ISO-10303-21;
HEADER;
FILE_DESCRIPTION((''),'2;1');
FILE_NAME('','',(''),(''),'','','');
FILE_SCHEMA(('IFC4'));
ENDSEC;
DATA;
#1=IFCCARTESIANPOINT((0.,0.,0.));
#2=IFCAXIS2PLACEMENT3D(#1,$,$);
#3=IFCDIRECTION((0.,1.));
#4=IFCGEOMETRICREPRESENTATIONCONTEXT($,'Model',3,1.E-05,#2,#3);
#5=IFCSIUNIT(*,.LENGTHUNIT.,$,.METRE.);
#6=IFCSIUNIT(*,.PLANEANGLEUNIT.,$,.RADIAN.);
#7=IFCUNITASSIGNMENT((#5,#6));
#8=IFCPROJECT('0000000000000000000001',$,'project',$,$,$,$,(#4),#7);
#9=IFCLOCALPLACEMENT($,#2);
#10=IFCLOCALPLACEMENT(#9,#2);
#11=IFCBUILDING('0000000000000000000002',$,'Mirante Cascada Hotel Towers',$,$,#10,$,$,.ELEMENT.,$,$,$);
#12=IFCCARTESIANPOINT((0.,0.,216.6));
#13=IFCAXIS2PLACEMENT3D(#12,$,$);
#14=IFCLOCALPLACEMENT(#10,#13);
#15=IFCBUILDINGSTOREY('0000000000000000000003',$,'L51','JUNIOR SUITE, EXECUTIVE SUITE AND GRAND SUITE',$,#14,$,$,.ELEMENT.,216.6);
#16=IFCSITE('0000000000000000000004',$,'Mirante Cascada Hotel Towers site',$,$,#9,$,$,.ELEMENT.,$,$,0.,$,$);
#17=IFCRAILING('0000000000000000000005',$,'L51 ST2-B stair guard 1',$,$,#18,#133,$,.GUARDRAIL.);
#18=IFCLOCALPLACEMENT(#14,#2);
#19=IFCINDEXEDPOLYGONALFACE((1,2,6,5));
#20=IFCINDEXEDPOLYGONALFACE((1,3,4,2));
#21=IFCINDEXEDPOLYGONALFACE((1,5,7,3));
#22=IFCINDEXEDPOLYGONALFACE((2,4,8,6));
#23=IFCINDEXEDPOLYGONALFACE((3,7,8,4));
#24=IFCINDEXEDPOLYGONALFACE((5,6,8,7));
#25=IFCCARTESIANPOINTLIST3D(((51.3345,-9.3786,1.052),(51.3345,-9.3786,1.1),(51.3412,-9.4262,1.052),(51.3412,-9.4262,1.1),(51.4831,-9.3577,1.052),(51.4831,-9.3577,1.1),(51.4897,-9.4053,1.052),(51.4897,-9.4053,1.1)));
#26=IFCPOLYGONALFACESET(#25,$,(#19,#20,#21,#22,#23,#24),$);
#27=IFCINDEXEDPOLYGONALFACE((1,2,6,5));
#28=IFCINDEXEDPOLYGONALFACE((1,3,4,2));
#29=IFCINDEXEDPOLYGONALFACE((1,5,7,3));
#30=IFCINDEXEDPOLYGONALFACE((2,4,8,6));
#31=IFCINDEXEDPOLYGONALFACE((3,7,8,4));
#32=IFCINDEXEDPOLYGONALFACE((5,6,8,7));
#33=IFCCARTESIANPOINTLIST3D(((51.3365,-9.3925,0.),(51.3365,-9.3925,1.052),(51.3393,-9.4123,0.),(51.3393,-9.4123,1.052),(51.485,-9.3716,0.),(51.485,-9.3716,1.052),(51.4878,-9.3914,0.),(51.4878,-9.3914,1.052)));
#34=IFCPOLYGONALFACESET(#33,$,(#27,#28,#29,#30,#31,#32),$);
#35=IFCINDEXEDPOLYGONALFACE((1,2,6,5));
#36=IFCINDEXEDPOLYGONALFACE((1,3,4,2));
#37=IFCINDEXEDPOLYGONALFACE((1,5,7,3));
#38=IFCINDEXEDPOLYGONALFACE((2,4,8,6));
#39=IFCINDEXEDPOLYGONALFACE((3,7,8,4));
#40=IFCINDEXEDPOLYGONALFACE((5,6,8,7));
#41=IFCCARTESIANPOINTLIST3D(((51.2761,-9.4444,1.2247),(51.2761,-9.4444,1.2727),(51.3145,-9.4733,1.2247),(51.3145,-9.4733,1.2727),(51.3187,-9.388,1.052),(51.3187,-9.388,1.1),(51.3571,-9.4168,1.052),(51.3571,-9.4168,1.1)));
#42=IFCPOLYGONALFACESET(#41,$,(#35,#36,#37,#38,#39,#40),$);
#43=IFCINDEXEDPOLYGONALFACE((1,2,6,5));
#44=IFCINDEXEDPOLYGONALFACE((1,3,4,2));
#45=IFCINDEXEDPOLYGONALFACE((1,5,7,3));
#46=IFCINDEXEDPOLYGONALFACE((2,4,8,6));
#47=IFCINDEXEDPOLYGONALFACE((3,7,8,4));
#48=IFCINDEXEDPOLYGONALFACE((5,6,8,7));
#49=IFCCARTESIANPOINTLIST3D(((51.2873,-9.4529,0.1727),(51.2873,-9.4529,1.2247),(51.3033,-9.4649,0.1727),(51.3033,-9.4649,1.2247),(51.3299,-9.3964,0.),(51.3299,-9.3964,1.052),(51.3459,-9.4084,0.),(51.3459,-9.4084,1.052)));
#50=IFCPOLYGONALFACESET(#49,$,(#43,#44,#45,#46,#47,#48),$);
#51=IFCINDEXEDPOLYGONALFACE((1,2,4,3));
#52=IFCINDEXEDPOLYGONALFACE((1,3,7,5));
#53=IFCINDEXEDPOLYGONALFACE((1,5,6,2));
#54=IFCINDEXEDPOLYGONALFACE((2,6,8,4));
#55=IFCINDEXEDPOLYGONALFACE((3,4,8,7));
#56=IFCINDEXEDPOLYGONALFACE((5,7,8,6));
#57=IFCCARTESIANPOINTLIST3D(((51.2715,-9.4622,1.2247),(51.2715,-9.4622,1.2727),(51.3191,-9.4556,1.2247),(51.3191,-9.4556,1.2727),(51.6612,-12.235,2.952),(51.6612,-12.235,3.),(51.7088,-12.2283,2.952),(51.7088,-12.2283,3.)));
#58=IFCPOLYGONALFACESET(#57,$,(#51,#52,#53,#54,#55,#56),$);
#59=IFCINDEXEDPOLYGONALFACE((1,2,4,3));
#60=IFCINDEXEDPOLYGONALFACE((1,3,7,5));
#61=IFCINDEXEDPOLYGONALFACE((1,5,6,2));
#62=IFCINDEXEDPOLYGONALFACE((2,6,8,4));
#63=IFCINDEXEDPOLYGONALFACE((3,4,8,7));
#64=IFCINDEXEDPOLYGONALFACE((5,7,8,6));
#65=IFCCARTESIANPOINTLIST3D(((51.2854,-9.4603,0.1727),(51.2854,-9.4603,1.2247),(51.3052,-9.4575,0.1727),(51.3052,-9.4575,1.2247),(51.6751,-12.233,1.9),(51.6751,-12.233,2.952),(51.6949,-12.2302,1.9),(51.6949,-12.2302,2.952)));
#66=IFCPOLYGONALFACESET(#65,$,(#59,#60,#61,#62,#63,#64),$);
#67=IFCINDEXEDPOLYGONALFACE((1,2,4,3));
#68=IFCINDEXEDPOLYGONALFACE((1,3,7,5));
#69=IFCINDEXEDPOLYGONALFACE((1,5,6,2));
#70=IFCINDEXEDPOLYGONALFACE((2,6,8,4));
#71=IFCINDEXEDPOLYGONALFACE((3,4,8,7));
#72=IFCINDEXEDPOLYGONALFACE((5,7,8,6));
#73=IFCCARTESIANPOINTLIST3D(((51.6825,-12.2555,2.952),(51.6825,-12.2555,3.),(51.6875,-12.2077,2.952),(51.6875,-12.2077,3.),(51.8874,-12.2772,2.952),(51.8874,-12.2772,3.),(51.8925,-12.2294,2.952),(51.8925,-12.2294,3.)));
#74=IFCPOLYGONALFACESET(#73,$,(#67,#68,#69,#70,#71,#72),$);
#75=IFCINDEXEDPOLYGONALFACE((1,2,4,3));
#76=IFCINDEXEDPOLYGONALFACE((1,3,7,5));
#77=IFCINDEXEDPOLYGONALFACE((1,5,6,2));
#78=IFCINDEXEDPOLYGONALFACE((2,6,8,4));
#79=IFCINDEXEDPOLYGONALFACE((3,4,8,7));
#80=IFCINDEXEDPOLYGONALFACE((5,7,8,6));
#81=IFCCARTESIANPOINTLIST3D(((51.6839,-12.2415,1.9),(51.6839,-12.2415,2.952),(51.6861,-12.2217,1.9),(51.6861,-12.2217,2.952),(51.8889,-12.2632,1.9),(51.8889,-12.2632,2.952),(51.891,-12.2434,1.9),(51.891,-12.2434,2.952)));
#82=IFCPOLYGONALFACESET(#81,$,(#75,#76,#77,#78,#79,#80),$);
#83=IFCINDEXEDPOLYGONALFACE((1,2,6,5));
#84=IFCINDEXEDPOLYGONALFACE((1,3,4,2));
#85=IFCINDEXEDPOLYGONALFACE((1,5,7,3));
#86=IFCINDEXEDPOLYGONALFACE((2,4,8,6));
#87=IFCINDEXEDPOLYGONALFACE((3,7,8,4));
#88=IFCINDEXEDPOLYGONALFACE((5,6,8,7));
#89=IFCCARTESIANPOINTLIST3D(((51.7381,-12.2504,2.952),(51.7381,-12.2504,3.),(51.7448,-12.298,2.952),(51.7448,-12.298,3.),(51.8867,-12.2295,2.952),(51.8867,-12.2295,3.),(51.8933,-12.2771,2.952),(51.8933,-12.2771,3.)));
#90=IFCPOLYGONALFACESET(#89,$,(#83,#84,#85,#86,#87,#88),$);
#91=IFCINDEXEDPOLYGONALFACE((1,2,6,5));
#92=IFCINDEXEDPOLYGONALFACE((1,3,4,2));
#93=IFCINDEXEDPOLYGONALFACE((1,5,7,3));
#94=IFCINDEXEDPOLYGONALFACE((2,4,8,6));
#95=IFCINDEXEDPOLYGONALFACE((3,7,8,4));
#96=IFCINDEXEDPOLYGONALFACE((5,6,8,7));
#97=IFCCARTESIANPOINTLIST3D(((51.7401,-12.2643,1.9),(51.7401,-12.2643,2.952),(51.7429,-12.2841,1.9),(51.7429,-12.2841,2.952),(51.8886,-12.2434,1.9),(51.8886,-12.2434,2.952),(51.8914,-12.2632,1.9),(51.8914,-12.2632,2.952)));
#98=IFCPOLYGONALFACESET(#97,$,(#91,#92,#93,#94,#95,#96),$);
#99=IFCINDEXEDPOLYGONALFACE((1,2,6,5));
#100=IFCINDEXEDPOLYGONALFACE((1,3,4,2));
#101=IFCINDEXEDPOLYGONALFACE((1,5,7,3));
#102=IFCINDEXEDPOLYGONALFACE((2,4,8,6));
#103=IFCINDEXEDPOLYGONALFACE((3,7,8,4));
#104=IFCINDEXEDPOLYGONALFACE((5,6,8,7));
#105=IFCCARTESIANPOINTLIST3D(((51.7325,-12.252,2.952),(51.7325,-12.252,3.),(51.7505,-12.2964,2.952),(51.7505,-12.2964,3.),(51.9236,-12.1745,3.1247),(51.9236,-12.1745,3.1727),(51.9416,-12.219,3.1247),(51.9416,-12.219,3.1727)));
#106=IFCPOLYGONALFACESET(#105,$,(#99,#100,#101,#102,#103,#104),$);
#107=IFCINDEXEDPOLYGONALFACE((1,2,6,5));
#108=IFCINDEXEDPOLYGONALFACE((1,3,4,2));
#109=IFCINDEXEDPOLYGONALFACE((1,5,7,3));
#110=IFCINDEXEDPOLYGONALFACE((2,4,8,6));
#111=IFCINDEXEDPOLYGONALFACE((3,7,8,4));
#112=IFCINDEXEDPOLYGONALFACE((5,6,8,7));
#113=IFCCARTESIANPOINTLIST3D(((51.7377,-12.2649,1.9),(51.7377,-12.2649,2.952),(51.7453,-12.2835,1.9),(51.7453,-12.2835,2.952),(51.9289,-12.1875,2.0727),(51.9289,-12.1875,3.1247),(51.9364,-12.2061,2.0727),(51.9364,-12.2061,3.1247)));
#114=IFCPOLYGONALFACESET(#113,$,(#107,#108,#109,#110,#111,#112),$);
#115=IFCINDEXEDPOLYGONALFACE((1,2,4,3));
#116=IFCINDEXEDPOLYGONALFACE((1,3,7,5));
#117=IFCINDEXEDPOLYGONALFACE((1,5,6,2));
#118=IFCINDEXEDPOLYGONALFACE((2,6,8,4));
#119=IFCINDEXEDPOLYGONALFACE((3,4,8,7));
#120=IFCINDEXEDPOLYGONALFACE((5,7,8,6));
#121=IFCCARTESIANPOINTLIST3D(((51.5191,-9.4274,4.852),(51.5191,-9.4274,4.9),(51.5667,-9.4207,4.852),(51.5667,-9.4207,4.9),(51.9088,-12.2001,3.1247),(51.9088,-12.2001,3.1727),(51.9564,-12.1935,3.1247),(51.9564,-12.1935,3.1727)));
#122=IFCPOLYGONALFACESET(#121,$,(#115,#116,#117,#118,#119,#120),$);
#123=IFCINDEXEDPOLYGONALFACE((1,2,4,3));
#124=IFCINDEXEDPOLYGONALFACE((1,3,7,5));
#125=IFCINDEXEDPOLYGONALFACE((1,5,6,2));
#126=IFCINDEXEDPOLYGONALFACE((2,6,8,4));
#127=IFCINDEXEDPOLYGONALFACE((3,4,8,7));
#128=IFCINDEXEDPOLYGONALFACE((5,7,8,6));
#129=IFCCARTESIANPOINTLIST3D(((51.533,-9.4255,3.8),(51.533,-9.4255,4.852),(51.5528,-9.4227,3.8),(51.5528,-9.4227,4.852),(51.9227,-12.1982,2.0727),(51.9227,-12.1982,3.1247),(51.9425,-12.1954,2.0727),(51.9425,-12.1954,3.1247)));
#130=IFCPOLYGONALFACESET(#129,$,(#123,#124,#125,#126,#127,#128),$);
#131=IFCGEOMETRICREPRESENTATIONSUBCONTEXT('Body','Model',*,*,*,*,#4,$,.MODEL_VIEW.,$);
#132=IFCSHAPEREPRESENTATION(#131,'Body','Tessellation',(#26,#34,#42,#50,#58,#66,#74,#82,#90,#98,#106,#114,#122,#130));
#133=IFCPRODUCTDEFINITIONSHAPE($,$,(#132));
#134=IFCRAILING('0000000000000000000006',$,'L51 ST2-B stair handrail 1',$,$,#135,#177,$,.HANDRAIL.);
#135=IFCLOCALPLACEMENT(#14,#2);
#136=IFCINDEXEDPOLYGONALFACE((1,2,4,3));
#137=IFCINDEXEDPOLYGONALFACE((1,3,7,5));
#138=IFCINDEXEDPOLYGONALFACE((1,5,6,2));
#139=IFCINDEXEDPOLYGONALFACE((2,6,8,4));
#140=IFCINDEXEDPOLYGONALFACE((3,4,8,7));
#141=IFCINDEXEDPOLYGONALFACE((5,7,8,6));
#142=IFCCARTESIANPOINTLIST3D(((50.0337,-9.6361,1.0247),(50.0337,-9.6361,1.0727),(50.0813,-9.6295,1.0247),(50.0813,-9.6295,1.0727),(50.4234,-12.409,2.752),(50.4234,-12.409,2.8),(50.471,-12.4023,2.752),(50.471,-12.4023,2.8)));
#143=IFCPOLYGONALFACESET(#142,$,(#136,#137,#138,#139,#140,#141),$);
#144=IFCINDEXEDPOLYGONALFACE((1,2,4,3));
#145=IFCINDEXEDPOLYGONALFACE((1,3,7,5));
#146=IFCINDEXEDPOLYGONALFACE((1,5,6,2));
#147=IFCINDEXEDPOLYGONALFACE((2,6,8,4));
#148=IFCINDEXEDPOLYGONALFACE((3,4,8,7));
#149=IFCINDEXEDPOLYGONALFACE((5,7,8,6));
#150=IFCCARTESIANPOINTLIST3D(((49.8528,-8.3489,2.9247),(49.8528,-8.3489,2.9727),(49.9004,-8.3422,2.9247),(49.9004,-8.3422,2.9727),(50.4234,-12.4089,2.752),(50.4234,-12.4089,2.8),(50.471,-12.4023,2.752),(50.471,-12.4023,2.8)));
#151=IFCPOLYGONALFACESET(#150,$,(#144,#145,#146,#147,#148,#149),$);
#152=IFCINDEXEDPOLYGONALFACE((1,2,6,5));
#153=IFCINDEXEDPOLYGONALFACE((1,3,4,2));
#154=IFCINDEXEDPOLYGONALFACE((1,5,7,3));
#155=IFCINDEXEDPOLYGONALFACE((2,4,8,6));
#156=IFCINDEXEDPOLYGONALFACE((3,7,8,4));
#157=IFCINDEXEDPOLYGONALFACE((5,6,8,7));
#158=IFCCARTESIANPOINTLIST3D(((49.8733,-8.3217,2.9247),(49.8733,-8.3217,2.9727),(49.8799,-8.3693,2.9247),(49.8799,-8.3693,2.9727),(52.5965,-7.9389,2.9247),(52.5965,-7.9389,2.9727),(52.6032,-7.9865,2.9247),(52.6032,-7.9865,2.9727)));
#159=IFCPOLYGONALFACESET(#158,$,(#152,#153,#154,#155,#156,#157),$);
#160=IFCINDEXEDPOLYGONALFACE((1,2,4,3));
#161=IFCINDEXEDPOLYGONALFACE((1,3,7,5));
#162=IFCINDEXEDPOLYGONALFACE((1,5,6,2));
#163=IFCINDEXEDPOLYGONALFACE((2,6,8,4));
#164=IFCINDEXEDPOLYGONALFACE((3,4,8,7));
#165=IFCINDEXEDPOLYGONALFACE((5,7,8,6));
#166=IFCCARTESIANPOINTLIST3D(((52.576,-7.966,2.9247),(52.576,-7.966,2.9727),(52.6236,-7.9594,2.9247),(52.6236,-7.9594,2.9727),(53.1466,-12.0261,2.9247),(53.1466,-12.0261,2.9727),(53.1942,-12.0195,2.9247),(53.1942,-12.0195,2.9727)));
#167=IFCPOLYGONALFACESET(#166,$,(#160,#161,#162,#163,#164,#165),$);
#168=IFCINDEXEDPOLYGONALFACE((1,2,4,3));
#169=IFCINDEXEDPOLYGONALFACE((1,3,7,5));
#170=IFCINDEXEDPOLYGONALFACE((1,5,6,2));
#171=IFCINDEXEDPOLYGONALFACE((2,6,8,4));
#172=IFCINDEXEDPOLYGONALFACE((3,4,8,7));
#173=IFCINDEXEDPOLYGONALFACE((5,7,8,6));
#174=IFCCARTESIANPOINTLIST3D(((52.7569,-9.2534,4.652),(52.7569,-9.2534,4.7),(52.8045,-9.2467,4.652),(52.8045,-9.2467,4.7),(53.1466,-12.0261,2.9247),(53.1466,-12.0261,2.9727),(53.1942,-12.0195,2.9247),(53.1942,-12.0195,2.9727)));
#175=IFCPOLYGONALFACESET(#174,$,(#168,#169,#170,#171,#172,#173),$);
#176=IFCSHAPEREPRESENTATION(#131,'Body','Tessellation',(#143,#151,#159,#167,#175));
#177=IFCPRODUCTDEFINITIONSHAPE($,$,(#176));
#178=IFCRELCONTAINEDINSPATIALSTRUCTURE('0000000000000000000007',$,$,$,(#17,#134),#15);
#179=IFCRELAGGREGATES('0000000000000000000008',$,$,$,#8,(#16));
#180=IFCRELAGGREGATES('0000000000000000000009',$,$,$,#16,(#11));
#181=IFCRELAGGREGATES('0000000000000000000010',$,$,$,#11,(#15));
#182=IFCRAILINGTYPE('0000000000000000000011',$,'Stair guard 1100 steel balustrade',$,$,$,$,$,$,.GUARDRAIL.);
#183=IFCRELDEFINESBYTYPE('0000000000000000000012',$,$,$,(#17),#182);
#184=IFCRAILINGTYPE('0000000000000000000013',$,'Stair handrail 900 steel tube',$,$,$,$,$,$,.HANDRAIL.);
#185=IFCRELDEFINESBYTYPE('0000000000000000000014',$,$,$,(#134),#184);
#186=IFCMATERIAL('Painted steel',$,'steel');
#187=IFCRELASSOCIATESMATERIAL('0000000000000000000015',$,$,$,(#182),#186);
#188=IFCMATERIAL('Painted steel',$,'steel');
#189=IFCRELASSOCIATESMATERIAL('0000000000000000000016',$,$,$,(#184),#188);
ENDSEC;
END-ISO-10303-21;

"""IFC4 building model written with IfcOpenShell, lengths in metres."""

from ifc_helpers import new_model, si_unit, direction, frame, origin, origin_2d, place, context, subcontext, project, spatial, rectangle, extrude, material, type_object, element, save


model = new_model("IFC4")

# Units and contexts
model_context = context("Model", 3, precision=1e-05, world=origin(), true_north=direction((0.0, 1.0)))
body_context = subcontext(model_context, "Body", "Model", "MODEL_VIEW")
ifc_project = project(units=[si_unit("LENGTHUNIT", "METRE"), si_unit("PLANEANGLEUNIT", "RADIAN")], contexts=[model_context])

# Site, building, storey
site_placement = place(None, origin())
site = spatial("IfcSite", under=ifc_project, at=site_placement, Name="Mirante Cascada Hotel Towers site", CompositionType="ELEMENT", RefElevation=0.0)
building_placement = place(site_placement, origin())
building = spatial("IfcBuilding", under=site, at=building_placement, Name="Mirante Cascada Hotel Towers", CompositionType="ELEMENT")
storey_placement = place(building_placement, frame((0.0, 0.0, 216.6)))
storey = spatial("IfcBuildingStorey", under=building, at=storey_placement, Name="L51", Description="JUNIOR SUITE, EXECUTIVE SUITE AND GRAND SUITE", CompositionType="ELEMENT", Elevation=216.6)

# Railings
ifc_material_1 = material(Name="Painted steel", Category="steel")
railing_type_1 = type_object("IfcRailingType", Name="Stair guard 1100 steel balustrade", PredefinedType="GUARDRAIL", material=ifc_material_1)
railing_1_placement = place(storey_placement, frame((51.4864, -9.3815, 0.0)))
element("IfcRailing", 1, at=railing_1_placement, inside=storey, type_object=railing_type_1, Name="L51 ST2-B stair guard 1", PredefinedType="GUARDRAIL", context=body_context, shape_type="SweptSolid", body=[
    extrude(rectangle(XDim=0.048, YDim=0.048, at=origin_2d()), frame((0.0, 0.0, 1.076), z_axis=(-0.990241, -0.139367, 0.0), x_axis=(0.139367, -0.990241, 0.0)), (0.0, 0.0, 1.0), 0.15),
    extrude(rectangle(XDim=0.02, YDim=1.052, at=origin_2d()), frame((0.0, 0.0, 0.526), z_axis=(-0.990241, -0.139367, 0.0), x_axis=(0.139367, -0.990241, 0.0)), (0.0, 0.0, 1.0), 0.15),
    extrude(rectangle(XDim=0.048, YDim=0.048, at=origin_2d()), frame((-0.1485, -0.0209, 1.076), z_axis=(-0.602033, -0.798471, 0.0), x_axis=(0.798471, -0.602033, 0.0)), (0.0, 0.92534, 0.379139), 0.1866),
    extrude(rectangle(XDim=0.02, YDim=1.052, at=origin_2d()), frame((-0.1485, -0.0209, 0.526), z_axis=(-0.602033, -0.798471, 0.0), x_axis=(0.798471, -0.602033, 0.0)), (0.0, 0.92534, 0.379139), 0.1866),
    extrude(rectangle(XDim=0.048, YDim=0.048, at=origin_2d()), frame((-0.1911, -0.0774, 1.2487), z_axis=(0.139181, -0.990267, 0.0), x_axis=(0.990267, 0.139181, 0.0)), (0.0, 0.525035, 0.851081), 3.2899),
    extrude(rectangle(XDim=0.02, YDim=1.052, at=origin_2d()), frame((-0.1911, -0.0774, 0.6987), z_axis=(0.139181, -0.990267, 0.0), x_axis=(0.990267, 0.139181, 0.0)), (0.0, 0.525035, 0.851081), 3.2899),
    extrude(rectangle(XDim=0.048, YDim=0.048, at=origin_2d()), frame((0.1986, -2.8501, 2.976), z_axis=(0.994444, -0.105266, 0.0), x_axis=(0.105266, 0.994444, 0.0)), (0.0, 0.0, 1.0), 0.2061),
    extrude(rectangle(XDim=0.02, YDim=1.052, at=origin_2d()), frame((0.1986, -2.8501, 2.426), z_axis=(0.994444, -0.105266, 0.0), x_axis=(0.105266, 0.994444, 0.0)), (0.0, 0.0, 1.0), 0.2061),
    extrude(rectangle(XDim=0.048, YDim=0.048, at=origin_2d()), frame((0.4036, -2.8718, 2.976), z_axis=(-0.990241, -0.139367, 0.0), x_axis=(0.139367, -0.990241, 0.0)), (0.0, 0.0, 1.0), 0.15),
    extrude(rectangle(XDim=0.02, YDim=1.052, at=origin_2d()), frame((0.4036, -2.8718, 2.426), z_axis=(-0.990241, -0.139367, 0.0), x_axis=(0.139367, -0.990241, 0.0)), (0.0, 0.0, 1.0), 0.15),
    extrude(rectangle(XDim=0.048, YDim=0.048, at=origin_2d()), frame((0.2551, -2.8927, 2.976), z_axis=(0.926862, 0.375401, 0.0), x_axis=(-0.375401, 0.926862, 0.0)), (0.0, 0.642122, 0.766603), 0.269),
    extrude(rectangle(XDim=0.02, YDim=1.052, at=origin_2d()), frame((0.2551, -2.8927, 2.426), z_axis=(0.926862, 0.375401, 0.0), x_axis=(-0.375401, 0.926862, 0.0)), (0.0, 0.642122, 0.766603), 0.269),
    extrude(rectangle(XDim=0.048, YDim=0.048, at=origin_2d()), frame((0.4462, -2.8153, 3.1487), z_axis=(-0.139181, 0.990267, 0.0), x_axis=(-0.990267, -0.139181, 0.0)), (0.0, 0.525035, 0.851081), 3.2899),
    extrude(rectangle(XDim=0.02, YDim=1.052, at=origin_2d()), frame((0.4462, -2.8153, 2.5987), z_axis=(-0.139181, 0.990267, 0.0), x_axis=(-0.990267, -0.139181, 0.0)), (0.0, 0.525035, 0.851081), 3.2899),
])
ifc_material_2 = material(Name="Painted steel", Category="steel")
railing_type_2 = type_object("IfcRailingType", Name="Stair handrail 900 steel tube", PredefinedType="HANDRAIL", material=ifc_material_2)
railing_2_placement = place(storey_placement, frame((50.0575, -9.6328, 0.1727)))
element("IfcRailing", 2, at=railing_2_placement, inside=storey, type_object=railing_type_2, Name="L51 ST2-B stair handrail 1", PredefinedType="HANDRAIL", context=body_context, shape_type="SweptSolid", body=[
    extrude(rectangle(XDim=0.048, YDim=0.048, at=origin_2d()), frame((0.0, 0.0, 0.876), z_axis=(0.139176, -0.990268, 0.0), x_axis=(0.990268, 0.139176, 0.0)), (0.0, 0.525021, 0.851089), 3.29),
    extrude(rectangle(XDim=0.048, YDim=0.048, at=origin_2d()), frame((0.3897, -2.7728, 2.6033), z_axis=(-0.139171, 0.990268, 0.0), x_axis=(-0.990268, -0.139171, 0.0)), (0.0, 0.042085, 0.999114), 4.1036),
    extrude(rectangle(XDim=0.048, YDim=0.048, at=origin_2d()), frame((-0.1809, 1.2873, 2.776), z_axis=(0.990264, 0.139201, 0.0), x_axis=(-0.139201, 0.990264, 0.0)), (0.0, 0.0, 1.0), 2.75),
    extrude(rectangle(XDim=0.048, YDim=0.048, at=origin_2d()), frame((2.5423, 1.6701, 2.776), z_axis=(0.139171, -0.990268, 0.0), x_axis=(0.990268, 0.139171, 0.0)), (0.0, 0.0, 1.0), 4.1),
    extrude(rectangle(XDim=0.048, YDim=0.048, at=origin_2d()), frame((3.1129, -2.39, 2.776), z_axis=(-0.139181, 0.990267, 0.0), x_axis=(-0.990267, -0.139181, 0.0)), (0.0, 0.525035, 0.851081), 3.2899),
])

save(model, "model.ifc")
